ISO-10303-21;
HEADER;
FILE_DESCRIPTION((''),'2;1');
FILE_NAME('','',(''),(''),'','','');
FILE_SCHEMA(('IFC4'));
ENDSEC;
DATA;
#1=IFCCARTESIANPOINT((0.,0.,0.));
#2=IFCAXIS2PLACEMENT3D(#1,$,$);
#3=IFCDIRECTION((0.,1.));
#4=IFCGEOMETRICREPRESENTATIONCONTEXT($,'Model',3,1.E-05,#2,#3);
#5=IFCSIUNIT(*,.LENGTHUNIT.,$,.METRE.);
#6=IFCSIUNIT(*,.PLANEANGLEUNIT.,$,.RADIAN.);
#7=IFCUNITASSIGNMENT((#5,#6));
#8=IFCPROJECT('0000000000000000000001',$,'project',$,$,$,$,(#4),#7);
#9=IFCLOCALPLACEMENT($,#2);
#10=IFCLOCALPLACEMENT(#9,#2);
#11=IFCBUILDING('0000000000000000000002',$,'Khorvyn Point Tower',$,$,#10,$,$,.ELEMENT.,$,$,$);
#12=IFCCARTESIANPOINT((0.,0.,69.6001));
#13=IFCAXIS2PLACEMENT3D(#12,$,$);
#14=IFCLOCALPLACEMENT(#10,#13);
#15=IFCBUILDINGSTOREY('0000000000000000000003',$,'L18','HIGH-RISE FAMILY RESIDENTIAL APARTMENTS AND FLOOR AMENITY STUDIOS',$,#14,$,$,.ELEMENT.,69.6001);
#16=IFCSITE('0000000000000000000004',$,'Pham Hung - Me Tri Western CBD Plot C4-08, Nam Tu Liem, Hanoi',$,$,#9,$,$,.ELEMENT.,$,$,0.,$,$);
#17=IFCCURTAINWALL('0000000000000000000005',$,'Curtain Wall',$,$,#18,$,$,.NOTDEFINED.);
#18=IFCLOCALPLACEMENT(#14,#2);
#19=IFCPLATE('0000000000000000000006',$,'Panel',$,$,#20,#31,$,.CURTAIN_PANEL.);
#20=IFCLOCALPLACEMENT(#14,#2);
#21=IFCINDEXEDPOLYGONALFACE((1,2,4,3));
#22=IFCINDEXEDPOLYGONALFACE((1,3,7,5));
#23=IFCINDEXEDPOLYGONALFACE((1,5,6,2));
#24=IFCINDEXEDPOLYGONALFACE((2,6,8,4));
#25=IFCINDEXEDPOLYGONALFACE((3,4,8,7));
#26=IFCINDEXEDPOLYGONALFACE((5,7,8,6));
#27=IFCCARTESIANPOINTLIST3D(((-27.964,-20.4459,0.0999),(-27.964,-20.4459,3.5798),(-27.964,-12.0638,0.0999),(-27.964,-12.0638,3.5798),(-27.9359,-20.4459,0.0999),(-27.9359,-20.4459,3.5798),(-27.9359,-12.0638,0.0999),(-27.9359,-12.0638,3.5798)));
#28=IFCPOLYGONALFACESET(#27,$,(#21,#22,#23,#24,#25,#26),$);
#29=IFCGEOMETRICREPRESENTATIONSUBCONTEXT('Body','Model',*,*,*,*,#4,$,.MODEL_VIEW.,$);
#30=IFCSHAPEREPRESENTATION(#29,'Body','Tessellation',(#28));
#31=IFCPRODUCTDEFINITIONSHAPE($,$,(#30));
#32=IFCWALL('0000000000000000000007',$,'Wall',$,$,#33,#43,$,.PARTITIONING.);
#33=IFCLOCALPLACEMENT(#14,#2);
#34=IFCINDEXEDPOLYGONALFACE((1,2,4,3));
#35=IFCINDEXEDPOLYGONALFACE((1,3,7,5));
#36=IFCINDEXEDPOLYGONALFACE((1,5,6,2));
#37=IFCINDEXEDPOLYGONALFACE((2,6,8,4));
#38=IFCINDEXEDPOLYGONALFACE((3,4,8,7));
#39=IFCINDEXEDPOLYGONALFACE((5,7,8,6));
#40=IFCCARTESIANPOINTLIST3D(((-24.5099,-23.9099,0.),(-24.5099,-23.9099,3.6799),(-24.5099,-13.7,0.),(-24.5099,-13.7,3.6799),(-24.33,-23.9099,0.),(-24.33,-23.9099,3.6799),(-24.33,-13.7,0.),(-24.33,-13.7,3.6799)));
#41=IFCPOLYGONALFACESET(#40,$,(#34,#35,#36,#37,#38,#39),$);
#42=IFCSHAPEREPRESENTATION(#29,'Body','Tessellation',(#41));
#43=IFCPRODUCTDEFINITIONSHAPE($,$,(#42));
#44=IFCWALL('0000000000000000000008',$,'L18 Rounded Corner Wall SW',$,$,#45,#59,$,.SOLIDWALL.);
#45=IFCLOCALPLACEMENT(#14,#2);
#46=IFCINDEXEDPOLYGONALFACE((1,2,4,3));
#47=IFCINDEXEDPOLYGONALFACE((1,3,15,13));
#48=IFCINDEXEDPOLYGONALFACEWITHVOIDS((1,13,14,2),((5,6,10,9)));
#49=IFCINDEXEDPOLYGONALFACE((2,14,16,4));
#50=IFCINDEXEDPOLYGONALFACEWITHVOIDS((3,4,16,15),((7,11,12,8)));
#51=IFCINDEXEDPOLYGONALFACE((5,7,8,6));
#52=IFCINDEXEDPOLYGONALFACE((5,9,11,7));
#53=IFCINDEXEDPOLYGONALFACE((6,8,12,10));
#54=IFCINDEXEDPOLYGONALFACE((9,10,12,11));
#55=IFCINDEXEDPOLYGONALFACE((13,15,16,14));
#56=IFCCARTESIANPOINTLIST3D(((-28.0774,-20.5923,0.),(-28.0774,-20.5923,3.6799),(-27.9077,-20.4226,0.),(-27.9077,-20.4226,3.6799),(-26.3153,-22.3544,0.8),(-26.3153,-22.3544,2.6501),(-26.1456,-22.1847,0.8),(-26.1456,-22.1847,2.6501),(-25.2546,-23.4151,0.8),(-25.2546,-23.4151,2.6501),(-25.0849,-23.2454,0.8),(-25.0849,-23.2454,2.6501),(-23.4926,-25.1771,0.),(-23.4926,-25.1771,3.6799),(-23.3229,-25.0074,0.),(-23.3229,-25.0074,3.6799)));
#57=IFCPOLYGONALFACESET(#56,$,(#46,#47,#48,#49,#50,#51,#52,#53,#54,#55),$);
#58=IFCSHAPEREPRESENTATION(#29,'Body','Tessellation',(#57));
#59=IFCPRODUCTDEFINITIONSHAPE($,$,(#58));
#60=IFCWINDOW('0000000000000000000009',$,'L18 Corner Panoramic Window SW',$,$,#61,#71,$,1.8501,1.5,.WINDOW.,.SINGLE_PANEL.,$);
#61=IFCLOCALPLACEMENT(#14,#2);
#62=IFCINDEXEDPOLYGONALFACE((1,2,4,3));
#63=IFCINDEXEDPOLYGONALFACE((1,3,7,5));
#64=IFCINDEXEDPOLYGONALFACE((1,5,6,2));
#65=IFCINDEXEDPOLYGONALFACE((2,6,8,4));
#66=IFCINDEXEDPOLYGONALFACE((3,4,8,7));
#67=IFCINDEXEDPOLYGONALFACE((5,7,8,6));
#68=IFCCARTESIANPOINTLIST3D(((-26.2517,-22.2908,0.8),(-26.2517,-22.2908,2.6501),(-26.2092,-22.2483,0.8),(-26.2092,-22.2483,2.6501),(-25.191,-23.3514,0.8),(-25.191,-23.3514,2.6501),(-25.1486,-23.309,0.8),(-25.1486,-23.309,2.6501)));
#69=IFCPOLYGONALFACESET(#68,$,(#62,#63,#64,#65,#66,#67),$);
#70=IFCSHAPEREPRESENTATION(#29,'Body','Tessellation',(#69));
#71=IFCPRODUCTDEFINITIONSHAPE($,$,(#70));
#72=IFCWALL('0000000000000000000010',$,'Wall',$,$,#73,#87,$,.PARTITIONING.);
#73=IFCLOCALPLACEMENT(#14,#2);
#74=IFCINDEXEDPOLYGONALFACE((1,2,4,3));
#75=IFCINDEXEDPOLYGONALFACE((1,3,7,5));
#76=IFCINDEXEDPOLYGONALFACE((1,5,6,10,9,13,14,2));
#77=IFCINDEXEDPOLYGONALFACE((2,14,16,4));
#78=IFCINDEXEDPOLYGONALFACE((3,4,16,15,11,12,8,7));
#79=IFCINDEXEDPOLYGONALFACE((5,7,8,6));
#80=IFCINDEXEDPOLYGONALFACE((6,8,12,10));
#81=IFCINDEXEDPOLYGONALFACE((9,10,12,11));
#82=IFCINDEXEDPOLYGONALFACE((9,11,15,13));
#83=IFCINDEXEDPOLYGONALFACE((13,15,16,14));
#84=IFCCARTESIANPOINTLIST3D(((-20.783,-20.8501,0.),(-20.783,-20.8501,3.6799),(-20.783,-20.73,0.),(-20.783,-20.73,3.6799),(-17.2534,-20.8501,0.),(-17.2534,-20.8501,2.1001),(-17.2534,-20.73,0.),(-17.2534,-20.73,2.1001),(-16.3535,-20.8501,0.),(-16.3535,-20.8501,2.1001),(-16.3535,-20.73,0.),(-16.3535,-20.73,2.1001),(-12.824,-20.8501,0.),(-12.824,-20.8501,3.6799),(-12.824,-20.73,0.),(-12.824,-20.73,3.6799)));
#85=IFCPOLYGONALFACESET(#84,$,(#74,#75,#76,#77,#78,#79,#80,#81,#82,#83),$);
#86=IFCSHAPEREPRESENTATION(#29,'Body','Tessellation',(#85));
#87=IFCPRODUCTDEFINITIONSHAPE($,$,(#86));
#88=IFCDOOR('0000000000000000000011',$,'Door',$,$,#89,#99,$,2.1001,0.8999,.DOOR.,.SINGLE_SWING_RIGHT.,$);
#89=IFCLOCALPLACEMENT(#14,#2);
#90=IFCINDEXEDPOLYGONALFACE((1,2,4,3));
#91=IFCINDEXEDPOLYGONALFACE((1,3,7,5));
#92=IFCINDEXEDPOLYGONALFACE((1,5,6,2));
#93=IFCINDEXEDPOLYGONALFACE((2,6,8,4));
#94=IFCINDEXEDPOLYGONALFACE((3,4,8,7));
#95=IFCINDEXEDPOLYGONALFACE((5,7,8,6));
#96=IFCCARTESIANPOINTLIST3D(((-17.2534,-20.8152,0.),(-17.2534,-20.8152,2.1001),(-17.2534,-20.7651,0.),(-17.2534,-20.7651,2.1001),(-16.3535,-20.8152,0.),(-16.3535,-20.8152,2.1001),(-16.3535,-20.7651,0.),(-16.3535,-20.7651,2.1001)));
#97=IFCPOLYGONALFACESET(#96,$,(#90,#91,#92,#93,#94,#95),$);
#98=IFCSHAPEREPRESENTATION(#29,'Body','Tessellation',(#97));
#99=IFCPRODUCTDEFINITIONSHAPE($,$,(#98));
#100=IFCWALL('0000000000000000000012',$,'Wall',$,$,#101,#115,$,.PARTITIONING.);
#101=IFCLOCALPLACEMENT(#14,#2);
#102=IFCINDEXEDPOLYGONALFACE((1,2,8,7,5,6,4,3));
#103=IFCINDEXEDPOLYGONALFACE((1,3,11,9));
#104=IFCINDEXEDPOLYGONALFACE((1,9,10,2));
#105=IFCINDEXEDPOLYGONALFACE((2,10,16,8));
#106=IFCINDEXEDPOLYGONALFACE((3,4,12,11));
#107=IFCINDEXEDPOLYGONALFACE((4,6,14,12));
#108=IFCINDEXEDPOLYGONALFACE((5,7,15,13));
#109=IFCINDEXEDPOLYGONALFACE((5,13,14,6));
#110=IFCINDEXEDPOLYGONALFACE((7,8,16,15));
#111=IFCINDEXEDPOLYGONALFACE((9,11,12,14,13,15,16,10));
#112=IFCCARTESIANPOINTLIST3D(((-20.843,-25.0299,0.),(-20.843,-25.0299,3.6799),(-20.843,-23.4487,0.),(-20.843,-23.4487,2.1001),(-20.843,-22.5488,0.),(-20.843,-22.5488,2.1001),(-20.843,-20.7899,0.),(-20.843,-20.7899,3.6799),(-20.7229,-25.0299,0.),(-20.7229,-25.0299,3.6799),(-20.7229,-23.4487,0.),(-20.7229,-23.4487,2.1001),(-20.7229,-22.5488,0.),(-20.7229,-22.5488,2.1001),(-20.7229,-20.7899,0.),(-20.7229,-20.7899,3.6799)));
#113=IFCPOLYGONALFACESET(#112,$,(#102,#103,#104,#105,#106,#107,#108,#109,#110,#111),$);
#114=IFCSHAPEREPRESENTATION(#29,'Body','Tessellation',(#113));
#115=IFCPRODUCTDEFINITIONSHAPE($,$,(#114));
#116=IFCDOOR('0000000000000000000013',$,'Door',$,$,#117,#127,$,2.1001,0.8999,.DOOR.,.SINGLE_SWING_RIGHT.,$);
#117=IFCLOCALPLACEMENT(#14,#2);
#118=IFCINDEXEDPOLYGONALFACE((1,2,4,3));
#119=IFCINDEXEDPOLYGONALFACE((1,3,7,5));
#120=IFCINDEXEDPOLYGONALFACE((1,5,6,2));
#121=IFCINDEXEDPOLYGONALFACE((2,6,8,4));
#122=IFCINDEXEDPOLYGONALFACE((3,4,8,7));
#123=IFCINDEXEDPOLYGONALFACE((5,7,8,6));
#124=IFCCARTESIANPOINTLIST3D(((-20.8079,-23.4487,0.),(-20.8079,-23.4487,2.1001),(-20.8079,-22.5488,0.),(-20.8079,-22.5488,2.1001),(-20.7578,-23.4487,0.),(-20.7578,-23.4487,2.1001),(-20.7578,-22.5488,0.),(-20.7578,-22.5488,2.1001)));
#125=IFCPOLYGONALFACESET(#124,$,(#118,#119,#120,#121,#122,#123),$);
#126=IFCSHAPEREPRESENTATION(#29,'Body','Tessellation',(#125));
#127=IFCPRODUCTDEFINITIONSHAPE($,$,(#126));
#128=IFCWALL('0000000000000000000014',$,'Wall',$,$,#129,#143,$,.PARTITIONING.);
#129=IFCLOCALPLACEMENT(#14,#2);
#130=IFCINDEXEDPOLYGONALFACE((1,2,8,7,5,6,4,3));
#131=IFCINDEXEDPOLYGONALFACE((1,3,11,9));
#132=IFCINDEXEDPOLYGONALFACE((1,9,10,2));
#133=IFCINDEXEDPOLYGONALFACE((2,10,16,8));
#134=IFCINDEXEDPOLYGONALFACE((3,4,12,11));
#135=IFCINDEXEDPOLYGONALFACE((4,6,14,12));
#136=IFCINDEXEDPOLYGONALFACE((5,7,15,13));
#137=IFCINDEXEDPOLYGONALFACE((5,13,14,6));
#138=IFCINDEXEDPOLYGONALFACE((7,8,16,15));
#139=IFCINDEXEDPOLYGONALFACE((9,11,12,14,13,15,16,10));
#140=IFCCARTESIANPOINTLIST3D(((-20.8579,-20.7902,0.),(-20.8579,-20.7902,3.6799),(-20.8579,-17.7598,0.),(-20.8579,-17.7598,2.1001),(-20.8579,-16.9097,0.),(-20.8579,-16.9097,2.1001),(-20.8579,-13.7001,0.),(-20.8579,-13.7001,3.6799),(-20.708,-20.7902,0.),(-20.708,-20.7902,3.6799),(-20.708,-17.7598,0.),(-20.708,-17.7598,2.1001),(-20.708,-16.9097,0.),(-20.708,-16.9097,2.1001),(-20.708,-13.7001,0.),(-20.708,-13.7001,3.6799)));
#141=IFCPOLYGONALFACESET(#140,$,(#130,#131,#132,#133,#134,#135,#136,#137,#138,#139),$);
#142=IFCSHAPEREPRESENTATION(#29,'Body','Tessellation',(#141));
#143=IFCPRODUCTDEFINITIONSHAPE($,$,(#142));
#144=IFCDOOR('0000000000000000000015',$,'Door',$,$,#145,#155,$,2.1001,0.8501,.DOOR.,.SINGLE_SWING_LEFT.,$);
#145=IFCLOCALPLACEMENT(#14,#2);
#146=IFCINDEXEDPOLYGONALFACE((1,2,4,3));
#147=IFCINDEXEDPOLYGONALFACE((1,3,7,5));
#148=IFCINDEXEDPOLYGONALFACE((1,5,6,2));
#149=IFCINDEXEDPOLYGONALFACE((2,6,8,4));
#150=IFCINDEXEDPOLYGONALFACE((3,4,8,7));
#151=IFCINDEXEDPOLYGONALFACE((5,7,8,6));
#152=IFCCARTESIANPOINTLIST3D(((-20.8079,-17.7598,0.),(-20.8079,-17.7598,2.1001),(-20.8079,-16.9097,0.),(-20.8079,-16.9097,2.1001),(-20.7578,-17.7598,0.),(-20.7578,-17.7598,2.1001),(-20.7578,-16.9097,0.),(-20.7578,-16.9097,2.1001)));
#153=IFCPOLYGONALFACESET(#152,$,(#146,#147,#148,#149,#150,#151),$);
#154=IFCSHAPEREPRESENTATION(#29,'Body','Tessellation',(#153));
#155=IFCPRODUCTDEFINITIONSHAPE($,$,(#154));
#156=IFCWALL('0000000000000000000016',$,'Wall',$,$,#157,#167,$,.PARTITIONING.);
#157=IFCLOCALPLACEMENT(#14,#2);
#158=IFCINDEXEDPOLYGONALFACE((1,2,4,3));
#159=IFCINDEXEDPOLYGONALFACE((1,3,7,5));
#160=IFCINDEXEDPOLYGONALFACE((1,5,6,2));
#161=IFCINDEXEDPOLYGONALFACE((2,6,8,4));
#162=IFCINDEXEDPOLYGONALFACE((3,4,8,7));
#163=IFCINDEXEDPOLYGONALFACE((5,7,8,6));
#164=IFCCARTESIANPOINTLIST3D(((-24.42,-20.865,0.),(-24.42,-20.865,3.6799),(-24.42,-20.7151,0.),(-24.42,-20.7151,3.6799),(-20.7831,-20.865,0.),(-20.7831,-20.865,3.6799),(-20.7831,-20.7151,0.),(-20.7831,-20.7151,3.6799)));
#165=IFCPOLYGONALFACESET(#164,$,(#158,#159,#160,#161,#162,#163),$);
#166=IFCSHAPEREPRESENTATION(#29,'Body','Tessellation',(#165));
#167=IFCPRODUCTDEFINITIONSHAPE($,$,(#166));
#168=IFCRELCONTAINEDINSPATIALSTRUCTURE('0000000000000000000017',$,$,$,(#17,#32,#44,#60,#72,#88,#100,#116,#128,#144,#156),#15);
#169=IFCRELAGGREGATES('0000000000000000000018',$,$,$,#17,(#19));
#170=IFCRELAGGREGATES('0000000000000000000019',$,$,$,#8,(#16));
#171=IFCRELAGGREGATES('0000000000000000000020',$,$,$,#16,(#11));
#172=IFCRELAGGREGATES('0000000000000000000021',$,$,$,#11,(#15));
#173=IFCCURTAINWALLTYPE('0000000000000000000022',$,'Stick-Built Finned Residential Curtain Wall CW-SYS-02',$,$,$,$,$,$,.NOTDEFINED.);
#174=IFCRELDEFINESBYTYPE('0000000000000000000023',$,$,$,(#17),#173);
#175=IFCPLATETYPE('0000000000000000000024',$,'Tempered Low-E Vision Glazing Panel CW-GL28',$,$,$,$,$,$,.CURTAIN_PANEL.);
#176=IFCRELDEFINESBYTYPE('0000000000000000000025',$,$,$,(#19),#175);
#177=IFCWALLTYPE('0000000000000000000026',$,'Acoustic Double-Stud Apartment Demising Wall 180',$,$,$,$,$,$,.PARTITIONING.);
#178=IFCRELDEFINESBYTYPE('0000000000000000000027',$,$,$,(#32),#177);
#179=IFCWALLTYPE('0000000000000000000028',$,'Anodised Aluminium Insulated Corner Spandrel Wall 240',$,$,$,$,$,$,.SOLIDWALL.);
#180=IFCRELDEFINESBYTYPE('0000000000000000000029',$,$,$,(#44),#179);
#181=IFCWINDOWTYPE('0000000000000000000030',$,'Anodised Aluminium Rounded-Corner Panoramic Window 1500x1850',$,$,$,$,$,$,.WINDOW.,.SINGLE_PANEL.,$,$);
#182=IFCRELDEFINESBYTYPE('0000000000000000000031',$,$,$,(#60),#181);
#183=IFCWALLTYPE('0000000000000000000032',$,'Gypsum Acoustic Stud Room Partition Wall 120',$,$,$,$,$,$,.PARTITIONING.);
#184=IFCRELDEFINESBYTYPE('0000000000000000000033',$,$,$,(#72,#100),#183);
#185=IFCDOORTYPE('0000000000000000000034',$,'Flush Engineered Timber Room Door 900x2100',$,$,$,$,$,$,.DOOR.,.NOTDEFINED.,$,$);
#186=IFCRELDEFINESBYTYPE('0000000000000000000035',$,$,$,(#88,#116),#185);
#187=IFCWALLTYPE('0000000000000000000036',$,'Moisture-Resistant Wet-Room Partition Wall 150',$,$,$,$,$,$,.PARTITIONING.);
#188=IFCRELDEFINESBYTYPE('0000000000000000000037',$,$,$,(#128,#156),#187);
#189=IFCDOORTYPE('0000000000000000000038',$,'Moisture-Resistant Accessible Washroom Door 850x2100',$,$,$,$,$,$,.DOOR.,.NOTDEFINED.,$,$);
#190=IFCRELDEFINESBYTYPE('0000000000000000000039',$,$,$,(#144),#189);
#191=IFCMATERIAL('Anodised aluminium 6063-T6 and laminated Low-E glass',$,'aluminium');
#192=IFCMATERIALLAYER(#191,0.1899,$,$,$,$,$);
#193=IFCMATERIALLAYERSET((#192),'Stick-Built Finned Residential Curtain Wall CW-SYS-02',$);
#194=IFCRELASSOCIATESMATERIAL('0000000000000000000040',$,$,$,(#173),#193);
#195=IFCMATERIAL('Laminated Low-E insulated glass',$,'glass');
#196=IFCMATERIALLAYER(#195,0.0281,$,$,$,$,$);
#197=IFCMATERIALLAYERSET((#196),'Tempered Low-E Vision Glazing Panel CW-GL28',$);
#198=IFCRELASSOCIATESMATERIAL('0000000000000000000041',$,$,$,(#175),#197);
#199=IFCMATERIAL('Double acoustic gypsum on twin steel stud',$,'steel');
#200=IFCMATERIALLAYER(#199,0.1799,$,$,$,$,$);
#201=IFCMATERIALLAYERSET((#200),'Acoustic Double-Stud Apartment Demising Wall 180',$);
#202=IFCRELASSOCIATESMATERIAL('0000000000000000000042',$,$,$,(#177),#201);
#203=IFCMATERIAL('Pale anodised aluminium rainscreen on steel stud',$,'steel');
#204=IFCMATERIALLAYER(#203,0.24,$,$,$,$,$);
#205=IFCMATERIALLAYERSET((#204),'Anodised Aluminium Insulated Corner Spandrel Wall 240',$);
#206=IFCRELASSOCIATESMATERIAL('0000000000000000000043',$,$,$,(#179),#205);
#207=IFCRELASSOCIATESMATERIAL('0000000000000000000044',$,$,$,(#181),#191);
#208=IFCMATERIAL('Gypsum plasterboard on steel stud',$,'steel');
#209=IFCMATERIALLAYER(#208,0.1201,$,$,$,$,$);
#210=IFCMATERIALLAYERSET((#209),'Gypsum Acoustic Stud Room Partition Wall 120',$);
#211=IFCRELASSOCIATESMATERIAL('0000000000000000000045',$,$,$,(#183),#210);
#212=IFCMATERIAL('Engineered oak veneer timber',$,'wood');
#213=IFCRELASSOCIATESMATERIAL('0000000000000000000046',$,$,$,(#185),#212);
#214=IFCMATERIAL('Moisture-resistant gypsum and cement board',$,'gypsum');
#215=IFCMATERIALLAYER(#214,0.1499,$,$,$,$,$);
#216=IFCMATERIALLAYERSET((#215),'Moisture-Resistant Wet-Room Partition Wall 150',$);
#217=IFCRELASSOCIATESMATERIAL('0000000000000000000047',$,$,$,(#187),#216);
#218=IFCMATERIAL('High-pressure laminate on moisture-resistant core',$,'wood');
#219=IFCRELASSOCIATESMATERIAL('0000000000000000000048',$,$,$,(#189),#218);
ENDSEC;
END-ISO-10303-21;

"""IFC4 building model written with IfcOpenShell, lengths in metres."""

from ifc_helpers import new_model, si_unit, direction, frame, frame_2d, origin, origin_2d, place, context, subcontext, project, spatial, rectangle, extrude, material, layer, layer_set, type_object, element, fill, aggregate, save


model = new_model("IFC4")

# Units and contexts
model_context = context("Model", 3, precision=1e-05, world=origin(), true_north=direction((0.0, 1.0)))
body_context = subcontext(model_context, "Body", "Model", "MODEL_VIEW")
ifc_project = project(units=[si_unit("LENGTHUNIT", "METRE"), si_unit("PLANEANGLEUNIT", "RADIAN")], contexts=[model_context])

# Site, building, storey
site_placement = place(None, origin())
site = spatial("IfcSite", under=ifc_project, at=site_placement, Name="Pham Hung - Me Tri Western CBD Plot C4-08, Nam Tu Liem, Hanoi", CompositionType="ELEMENT", RefElevation=0.0)
building_placement = place(site_placement, origin())
building = spatial("IfcBuilding", under=site, at=building_placement, Name="Khorvyn Point Tower", CompositionType="ELEMENT")
storey_placement = place(building_placement, frame((0.0, 0.0, 69.6001)))
storey = spatial("IfcBuildingStorey", under=building, at=storey_placement, Name="L18", Description="HIGH-RISE FAMILY RESIDENTIAL APARTMENTS AND FLOOR AMENITY STUDIOS", CompositionType="ELEMENT", Elevation=69.6001)

# Shared definitions
ifc_material_1 = material(Name="Anodised aluminium 6063-T6 and laminated Low-E glass", Category="aluminium")
ifc_layer_1 = layer(ifc_material_1, 0.1899)
ifc_layer_set_1 = layer_set([ifc_layer_1], Name="Stick-Built Finned Residential Curtain Wall CW-SYS-02")
curtain_wall_type = type_object("IfcCurtainWallType", Name="Stick-Built Finned Residential Curtain Wall CW-SYS-02", PredefinedType="NOTDEFINED", material=ifc_layer_set_1)

# Curtain wall
curtain_wall_1_placement = place(storey_placement, origin())
curtain_wall_1 = element("IfcCurtainWall", 1, at=curtain_wall_1_placement, inside=storey, type_object=curtain_wall_type, Name="Curtain Wall", PredefinedType="NOTDEFINED")

# Plate
ifc_material_2 = material(Name="Laminated Low-E insulated glass", Category="glass")
ifc_layer_2 = layer(ifc_material_2, 0.0281)
ifc_layer_set_2 = layer_set([ifc_layer_2], Name="Tempered Low-E Vision Glazing Panel CW-GL28")
plate_type = type_object("IfcPlateType", Name="Tempered Low-E Vision Glazing Panel CW-GL28", PredefinedType="CURTAIN_PANEL", material=ifc_layer_set_2)
plate_1_placement = place(storey_placement, frame((-27.95, -16.2549, 0.0999), z_axis=(0.0, 0.0, 1.0), x_axis=(0.0, 1.0, 0.0)))
plate_1 = element("IfcPlate", 2, at=plate_1_placement, type_object=plate_type, Name="Panel", PredefinedType="CURTAIN_PANEL", context=body_context, shape_type="SweptSolid", body=[
    extrude(rectangle(XDim=8.3821, YDim=0.0281, at=origin_2d()), origin(), (0.0, 0.0, 1.0), 3.48),
])
aggregate(curtain_wall_1, [plate_1])

# Wall
ifc_material_3 = material(Name="Double acoustic gypsum on twin steel stud", Category="steel")
ifc_layer_3 = layer(ifc_material_3, 0.1799)
ifc_layer_set_3 = layer_set([ifc_layer_3], Name="Acoustic Double-Stud Apartment Demising Wall 180")
wall_type_1 = type_object("IfcWallType", Name="Acoustic Double-Stud Apartment Demising Wall 180", PredefinedType="PARTITIONING", material=ifc_layer_set_3)
wall_1_placement = place(storey_placement, frame((-24.4199, -23.9099, 0.0), z_axis=(0.0, 0.0, 1.0), x_axis=(0.0, 1.0, 0.0)))
element("IfcWall", 3, at=wall_1_placement, inside=storey, type_object=wall_type_1, Name="Wall", PredefinedType="PARTITIONING", context=body_context, shape_type="SweptSolid", body=[
    extrude(rectangle(XDim=10.21, YDim=0.1799, at=frame_2d((5.105, 0.0))), origin(), (0.0, 0.0, 1.0), 3.6799),
])

# Wall, opening, window
ifc_material_4 = material(Name="Pale anodised aluminium rainscreen on steel stud", Category="steel")
ifc_layer_4 = layer(ifc_material_4, 0.24)
ifc_layer_set_4 = layer_set([ifc_layer_4], Name="Anodised Aluminium Insulated Corner Spandrel Wall 240")
wall_type_2 = type_object("IfcWallType", Name="Anodised Aluminium Insulated Corner Spandrel Wall 240", PredefinedType="SOLIDWALL", material=ifc_layer_set_4)
wall_2_placement = place(storey_placement, frame((-23.4077, -25.0923, 0.0), z_axis=(0.0, 0.0, 1.0), x_axis=(-0.707107, 0.707107, 0.0)))
wall_2 = element("IfcWall", 4, at=wall_2_placement, inside=storey, type_object=wall_type_2, Name="L18 Rounded Corner Wall SW", PredefinedType="SOLIDWALL", context=body_context, shape_type="SweptSolid", body=[
    extrude(rectangle(XDim=6.4839, YDim=0.24, at=frame_2d((3.2419, 0.0))), origin(), (0.0, 0.0, 1.0), 3.6799),
])
opening_1_placement = place(wall_2_placement, frame((2.4919, 0.0, 0.8)))
opening_1 = element("IfcOpeningElement", 5, at=opening_1_placement, cuts=wall_2, PredefinedType="OPENING", context=body_context, shape_type="SweptSolid", body=[
    extrude(rectangle(XDim=1.5, YDim=1.8501, at=frame_2d((0.75, 0.925))), frame((0.0, 0.1299, 0.0), z_axis=(0.0, -1.0, 0.0), x_axis=(1.0, 0.0, 0.0)), (0.0, 0.0, 1.0), 0.26),
])
window_type = type_object("IfcWindowType", Name="Anodised Aluminium Rounded-Corner Panoramic Window 1500x1850", PartitioningType="SINGLE_PANEL", PredefinedType="WINDOW", material=ifc_material_1)
window_placement = place(opening_1_placement, origin())
window = element("IfcWindow", 6, at=window_placement, inside=storey, type_object=window_type, Name="L18 Corner Panoramic Window SW", OverallHeight=1.8501, OverallWidth=1.5, PartitioningType="SINGLE_PANEL", PredefinedType="WINDOW", context=body_context, shape_type="SweptSolid", body=[
    extrude(rectangle(XDim=1.5, YDim=1.8501, at=frame_2d((0.75, 0.925))), frame((0.0, 0.03, 0.0), z_axis=(0.0, -1.0, 0.0), x_axis=(1.0, 0.0, 0.0)), (0.0, 0.0, 1.0), 0.0601),
])
fill(opening_1, window)

# Walls, openings, doors
ifc_material_5 = material(Name="Gypsum plasterboard on steel stud", Category="steel")
ifc_layer_5 = layer(ifc_material_5, 0.1201)
ifc_layer_set_5 = layer_set([ifc_layer_5], Name="Gypsum Acoustic Stud Room Partition Wall 120")
wall_type_3 = type_object("IfcWallType", Name="Gypsum Acoustic Stud Room Partition Wall 120", PredefinedType="PARTITIONING", material=ifc_layer_set_5)
wall_3_placement = place(storey_placement, frame((-20.783, -20.79, 0.0), z_axis=(0.0, 0.0, 1.0), x_axis=(1.0, 0.0, 0.0)))
wall_3 = element("IfcWall", 7, at=wall_3_placement, inside=storey, type_object=wall_type_3, Name="Wall", PredefinedType="PARTITIONING", context=body_context, shape_type="SweptSolid", body=[
    extrude(rectangle(XDim=7.959, YDim=0.1201, at=frame_2d((3.9795, 0.0))), origin(), (0.0, 0.0, 1.0), 3.6799),
])
opening_2_placement = place(wall_3_placement, frame((3.5295, 0.0, 0.0)))
opening_2 = element("IfcOpeningElement", 8, at=opening_2_placement, cuts=wall_3, PredefinedType="OPENING", context=body_context, shape_type="SweptSolid", body=[
    extrude(rectangle(XDim=0.8999, YDim=2.1001, at=frame_2d((0.45, 1.05))), frame((0.0, 0.0701, 0.0), z_axis=(0.0, -1.0, 0.0), x_axis=(1.0, 0.0, 0.0)), (0.0, 0.0, 1.0), 0.1401),
])
ifc_material_6 = material(Name="Engineered oak veneer timber", Category="wood")
door_type_1 = type_object("IfcDoorType", Name="Flush Engineered Timber Room Door 900x2100", OperationType="NOTDEFINED", PredefinedType="DOOR", material=ifc_material_6)
door_1_placement = place(opening_2_placement, origin())
door_1 = element("IfcDoor", 9, at=door_1_placement, inside=storey, type_object=door_type_1, Name="Door", OperationType="SINGLE_SWING_RIGHT", OverallHeight=2.1001, OverallWidth=0.8999, PredefinedType="DOOR", context=body_context, shape_type="SweptSolid", body=[
    extrude(rectangle(XDim=0.8999, YDim=2.1001, at=frame_2d((0.45, 1.05))), frame((0.0, 0.0249, 0.0), z_axis=(0.0, -1.0, 0.0), x_axis=(1.0, 0.0, 0.0)), (0.0, 0.0, 1.0), 0.05),
])
fill(opening_2, door_1)
wall_4_placement = place(storey_placement, frame((-20.783, -25.03, 0.0), z_axis=(0.0, 0.0, 1.0), x_axis=(0.0, 1.0, 0.0)))
wall_4 = element("IfcWall", 10, at=wall_4_placement, inside=storey, type_object=wall_type_3, Name="Wall", PredefinedType="PARTITIONING", context=body_context, shape_type="SweptSolid", body=[
    extrude(rectangle(XDim=4.24, YDim=0.1201, at=frame_2d((2.1201, 0.0))), origin(), (0.0, 0.0, 1.0), 3.6799),
])
opening_3_placement = place(wall_4_placement, frame((1.5813, 0.0, 0.0)))
opening_3 = element("IfcOpeningElement", 11, at=opening_3_placement, cuts=wall_4, PredefinedType="OPENING", context=body_context, shape_type="SweptSolid", body=[
    extrude(rectangle(XDim=0.8999, YDim=2.1001, at=frame_2d((0.45, 1.05))), frame((0.0, 0.0701, 0.0), z_axis=(0.0, -1.0, 0.0), x_axis=(1.0, 0.0, 0.0)), (0.0, 0.0, 1.0), 0.1401),
])
door_2_placement = place(opening_3_placement, origin())
door_2 = element("IfcDoor", 12, at=door_2_placement, inside=storey, type_object=door_type_1, Name="Door", OperationType="SINGLE_SWING_RIGHT", OverallHeight=2.1001, OverallWidth=0.8999, PredefinedType="DOOR", context=body_context, shape_type="SweptSolid", body=[
    extrude(rectangle(XDim=0.8999, YDim=2.1001, at=frame_2d((0.45, 1.05))), frame((0.0, 0.0249, 0.0), z_axis=(0.0, -1.0, 0.0), x_axis=(1.0, 0.0, 0.0)), (0.0, 0.0, 1.0), 0.05),
])
fill(opening_3, door_2)
ifc_material_7 = material(Name="Moisture-resistant gypsum and cement board", Category="gypsum")
ifc_layer_6 = layer(ifc_material_7, 0.1499)
ifc_layer_set_6 = layer_set([ifc_layer_6], Name="Moisture-Resistant Wet-Room Partition Wall 150")
wall_type_4 = type_object("IfcWallType", Name="Moisture-Resistant Wet-Room Partition Wall 150", PredefinedType="PARTITIONING", material=ifc_layer_set_6)
wall_5_placement = place(storey_placement, frame((-20.783, -20.79, 0.0), z_axis=(0.0, 0.0, 1.0), x_axis=(0.0, 1.0, 0.0)))
wall_5 = element("IfcWall", 13, at=wall_5_placement, inside=storey, type_object=wall_type_4, Name="Wall", PredefinedType="PARTITIONING", context=body_context, shape_type="SweptSolid", body=[
    extrude(rectangle(XDim=7.0901, YDim=0.1499, at=frame_2d((3.5449, 0.0))), origin(), (0.0, 0.0, 1.0), 3.6799),
])
opening_4_placement = place(wall_5_placement, frame((3.0303, 0.0, 0.0)))
opening_4 = element("IfcOpeningElement", 14, at=opening_4_placement, cuts=wall_5, PredefinedType="OPENING", context=body_context, shape_type="SweptSolid", body=[
    extrude(rectangle(XDim=0.8501, YDim=2.1001, at=frame_2d((0.425, 1.05))), frame((0.0, 0.085, 0.0), z_axis=(0.0, -1.0, 0.0), x_axis=(1.0, 0.0, 0.0)), (0.0, 0.0, 1.0), 0.1699),
])
ifc_material_8 = material(Name="High-pressure laminate on moisture-resistant core", Category="wood")
door_type_2 = type_object("IfcDoorType", Name="Moisture-Resistant Accessible Washroom Door 850x2100", OperationType="NOTDEFINED", PredefinedType="DOOR", material=ifc_material_8)
door_3_placement = place(opening_4_placement, origin())
door_3 = element("IfcDoor", 15, at=door_3_placement, inside=storey, type_object=door_type_2, Name="Door", OperationType="SINGLE_SWING_LEFT", OverallHeight=2.1001, OverallWidth=0.8501, PredefinedType="DOOR", context=body_context, shape_type="SweptSolid", body=[
    extrude(rectangle(XDim=0.8501, YDim=2.1001, at=frame_2d((0.425, 1.05))), frame((0.0, 0.0249, 0.0), z_axis=(0.0, -1.0, 0.0), x_axis=(1.0, 0.0, 0.0)), (0.0, 0.0, 1.0), 0.05),
])
fill(opening_4, door_3)

# Wall
wall_6_placement = place(storey_placement, frame((-24.4199, -20.79, 0.0), z_axis=(0.0, 0.0, 1.0), x_axis=(1.0, 0.0, 0.0)))
element("IfcWall", 16, at=wall_6_placement, inside=storey, type_object=wall_type_4, Name="Wall", PredefinedType="PARTITIONING", context=body_context, shape_type="SweptSolid", body=[
    extrude(rectangle(XDim=3.637, YDim=0.1499, at=frame_2d((1.8184, 0.0))), origin(), (0.0, 0.0, 1.0), 3.6799),
])

save(model, "model.ifc")
